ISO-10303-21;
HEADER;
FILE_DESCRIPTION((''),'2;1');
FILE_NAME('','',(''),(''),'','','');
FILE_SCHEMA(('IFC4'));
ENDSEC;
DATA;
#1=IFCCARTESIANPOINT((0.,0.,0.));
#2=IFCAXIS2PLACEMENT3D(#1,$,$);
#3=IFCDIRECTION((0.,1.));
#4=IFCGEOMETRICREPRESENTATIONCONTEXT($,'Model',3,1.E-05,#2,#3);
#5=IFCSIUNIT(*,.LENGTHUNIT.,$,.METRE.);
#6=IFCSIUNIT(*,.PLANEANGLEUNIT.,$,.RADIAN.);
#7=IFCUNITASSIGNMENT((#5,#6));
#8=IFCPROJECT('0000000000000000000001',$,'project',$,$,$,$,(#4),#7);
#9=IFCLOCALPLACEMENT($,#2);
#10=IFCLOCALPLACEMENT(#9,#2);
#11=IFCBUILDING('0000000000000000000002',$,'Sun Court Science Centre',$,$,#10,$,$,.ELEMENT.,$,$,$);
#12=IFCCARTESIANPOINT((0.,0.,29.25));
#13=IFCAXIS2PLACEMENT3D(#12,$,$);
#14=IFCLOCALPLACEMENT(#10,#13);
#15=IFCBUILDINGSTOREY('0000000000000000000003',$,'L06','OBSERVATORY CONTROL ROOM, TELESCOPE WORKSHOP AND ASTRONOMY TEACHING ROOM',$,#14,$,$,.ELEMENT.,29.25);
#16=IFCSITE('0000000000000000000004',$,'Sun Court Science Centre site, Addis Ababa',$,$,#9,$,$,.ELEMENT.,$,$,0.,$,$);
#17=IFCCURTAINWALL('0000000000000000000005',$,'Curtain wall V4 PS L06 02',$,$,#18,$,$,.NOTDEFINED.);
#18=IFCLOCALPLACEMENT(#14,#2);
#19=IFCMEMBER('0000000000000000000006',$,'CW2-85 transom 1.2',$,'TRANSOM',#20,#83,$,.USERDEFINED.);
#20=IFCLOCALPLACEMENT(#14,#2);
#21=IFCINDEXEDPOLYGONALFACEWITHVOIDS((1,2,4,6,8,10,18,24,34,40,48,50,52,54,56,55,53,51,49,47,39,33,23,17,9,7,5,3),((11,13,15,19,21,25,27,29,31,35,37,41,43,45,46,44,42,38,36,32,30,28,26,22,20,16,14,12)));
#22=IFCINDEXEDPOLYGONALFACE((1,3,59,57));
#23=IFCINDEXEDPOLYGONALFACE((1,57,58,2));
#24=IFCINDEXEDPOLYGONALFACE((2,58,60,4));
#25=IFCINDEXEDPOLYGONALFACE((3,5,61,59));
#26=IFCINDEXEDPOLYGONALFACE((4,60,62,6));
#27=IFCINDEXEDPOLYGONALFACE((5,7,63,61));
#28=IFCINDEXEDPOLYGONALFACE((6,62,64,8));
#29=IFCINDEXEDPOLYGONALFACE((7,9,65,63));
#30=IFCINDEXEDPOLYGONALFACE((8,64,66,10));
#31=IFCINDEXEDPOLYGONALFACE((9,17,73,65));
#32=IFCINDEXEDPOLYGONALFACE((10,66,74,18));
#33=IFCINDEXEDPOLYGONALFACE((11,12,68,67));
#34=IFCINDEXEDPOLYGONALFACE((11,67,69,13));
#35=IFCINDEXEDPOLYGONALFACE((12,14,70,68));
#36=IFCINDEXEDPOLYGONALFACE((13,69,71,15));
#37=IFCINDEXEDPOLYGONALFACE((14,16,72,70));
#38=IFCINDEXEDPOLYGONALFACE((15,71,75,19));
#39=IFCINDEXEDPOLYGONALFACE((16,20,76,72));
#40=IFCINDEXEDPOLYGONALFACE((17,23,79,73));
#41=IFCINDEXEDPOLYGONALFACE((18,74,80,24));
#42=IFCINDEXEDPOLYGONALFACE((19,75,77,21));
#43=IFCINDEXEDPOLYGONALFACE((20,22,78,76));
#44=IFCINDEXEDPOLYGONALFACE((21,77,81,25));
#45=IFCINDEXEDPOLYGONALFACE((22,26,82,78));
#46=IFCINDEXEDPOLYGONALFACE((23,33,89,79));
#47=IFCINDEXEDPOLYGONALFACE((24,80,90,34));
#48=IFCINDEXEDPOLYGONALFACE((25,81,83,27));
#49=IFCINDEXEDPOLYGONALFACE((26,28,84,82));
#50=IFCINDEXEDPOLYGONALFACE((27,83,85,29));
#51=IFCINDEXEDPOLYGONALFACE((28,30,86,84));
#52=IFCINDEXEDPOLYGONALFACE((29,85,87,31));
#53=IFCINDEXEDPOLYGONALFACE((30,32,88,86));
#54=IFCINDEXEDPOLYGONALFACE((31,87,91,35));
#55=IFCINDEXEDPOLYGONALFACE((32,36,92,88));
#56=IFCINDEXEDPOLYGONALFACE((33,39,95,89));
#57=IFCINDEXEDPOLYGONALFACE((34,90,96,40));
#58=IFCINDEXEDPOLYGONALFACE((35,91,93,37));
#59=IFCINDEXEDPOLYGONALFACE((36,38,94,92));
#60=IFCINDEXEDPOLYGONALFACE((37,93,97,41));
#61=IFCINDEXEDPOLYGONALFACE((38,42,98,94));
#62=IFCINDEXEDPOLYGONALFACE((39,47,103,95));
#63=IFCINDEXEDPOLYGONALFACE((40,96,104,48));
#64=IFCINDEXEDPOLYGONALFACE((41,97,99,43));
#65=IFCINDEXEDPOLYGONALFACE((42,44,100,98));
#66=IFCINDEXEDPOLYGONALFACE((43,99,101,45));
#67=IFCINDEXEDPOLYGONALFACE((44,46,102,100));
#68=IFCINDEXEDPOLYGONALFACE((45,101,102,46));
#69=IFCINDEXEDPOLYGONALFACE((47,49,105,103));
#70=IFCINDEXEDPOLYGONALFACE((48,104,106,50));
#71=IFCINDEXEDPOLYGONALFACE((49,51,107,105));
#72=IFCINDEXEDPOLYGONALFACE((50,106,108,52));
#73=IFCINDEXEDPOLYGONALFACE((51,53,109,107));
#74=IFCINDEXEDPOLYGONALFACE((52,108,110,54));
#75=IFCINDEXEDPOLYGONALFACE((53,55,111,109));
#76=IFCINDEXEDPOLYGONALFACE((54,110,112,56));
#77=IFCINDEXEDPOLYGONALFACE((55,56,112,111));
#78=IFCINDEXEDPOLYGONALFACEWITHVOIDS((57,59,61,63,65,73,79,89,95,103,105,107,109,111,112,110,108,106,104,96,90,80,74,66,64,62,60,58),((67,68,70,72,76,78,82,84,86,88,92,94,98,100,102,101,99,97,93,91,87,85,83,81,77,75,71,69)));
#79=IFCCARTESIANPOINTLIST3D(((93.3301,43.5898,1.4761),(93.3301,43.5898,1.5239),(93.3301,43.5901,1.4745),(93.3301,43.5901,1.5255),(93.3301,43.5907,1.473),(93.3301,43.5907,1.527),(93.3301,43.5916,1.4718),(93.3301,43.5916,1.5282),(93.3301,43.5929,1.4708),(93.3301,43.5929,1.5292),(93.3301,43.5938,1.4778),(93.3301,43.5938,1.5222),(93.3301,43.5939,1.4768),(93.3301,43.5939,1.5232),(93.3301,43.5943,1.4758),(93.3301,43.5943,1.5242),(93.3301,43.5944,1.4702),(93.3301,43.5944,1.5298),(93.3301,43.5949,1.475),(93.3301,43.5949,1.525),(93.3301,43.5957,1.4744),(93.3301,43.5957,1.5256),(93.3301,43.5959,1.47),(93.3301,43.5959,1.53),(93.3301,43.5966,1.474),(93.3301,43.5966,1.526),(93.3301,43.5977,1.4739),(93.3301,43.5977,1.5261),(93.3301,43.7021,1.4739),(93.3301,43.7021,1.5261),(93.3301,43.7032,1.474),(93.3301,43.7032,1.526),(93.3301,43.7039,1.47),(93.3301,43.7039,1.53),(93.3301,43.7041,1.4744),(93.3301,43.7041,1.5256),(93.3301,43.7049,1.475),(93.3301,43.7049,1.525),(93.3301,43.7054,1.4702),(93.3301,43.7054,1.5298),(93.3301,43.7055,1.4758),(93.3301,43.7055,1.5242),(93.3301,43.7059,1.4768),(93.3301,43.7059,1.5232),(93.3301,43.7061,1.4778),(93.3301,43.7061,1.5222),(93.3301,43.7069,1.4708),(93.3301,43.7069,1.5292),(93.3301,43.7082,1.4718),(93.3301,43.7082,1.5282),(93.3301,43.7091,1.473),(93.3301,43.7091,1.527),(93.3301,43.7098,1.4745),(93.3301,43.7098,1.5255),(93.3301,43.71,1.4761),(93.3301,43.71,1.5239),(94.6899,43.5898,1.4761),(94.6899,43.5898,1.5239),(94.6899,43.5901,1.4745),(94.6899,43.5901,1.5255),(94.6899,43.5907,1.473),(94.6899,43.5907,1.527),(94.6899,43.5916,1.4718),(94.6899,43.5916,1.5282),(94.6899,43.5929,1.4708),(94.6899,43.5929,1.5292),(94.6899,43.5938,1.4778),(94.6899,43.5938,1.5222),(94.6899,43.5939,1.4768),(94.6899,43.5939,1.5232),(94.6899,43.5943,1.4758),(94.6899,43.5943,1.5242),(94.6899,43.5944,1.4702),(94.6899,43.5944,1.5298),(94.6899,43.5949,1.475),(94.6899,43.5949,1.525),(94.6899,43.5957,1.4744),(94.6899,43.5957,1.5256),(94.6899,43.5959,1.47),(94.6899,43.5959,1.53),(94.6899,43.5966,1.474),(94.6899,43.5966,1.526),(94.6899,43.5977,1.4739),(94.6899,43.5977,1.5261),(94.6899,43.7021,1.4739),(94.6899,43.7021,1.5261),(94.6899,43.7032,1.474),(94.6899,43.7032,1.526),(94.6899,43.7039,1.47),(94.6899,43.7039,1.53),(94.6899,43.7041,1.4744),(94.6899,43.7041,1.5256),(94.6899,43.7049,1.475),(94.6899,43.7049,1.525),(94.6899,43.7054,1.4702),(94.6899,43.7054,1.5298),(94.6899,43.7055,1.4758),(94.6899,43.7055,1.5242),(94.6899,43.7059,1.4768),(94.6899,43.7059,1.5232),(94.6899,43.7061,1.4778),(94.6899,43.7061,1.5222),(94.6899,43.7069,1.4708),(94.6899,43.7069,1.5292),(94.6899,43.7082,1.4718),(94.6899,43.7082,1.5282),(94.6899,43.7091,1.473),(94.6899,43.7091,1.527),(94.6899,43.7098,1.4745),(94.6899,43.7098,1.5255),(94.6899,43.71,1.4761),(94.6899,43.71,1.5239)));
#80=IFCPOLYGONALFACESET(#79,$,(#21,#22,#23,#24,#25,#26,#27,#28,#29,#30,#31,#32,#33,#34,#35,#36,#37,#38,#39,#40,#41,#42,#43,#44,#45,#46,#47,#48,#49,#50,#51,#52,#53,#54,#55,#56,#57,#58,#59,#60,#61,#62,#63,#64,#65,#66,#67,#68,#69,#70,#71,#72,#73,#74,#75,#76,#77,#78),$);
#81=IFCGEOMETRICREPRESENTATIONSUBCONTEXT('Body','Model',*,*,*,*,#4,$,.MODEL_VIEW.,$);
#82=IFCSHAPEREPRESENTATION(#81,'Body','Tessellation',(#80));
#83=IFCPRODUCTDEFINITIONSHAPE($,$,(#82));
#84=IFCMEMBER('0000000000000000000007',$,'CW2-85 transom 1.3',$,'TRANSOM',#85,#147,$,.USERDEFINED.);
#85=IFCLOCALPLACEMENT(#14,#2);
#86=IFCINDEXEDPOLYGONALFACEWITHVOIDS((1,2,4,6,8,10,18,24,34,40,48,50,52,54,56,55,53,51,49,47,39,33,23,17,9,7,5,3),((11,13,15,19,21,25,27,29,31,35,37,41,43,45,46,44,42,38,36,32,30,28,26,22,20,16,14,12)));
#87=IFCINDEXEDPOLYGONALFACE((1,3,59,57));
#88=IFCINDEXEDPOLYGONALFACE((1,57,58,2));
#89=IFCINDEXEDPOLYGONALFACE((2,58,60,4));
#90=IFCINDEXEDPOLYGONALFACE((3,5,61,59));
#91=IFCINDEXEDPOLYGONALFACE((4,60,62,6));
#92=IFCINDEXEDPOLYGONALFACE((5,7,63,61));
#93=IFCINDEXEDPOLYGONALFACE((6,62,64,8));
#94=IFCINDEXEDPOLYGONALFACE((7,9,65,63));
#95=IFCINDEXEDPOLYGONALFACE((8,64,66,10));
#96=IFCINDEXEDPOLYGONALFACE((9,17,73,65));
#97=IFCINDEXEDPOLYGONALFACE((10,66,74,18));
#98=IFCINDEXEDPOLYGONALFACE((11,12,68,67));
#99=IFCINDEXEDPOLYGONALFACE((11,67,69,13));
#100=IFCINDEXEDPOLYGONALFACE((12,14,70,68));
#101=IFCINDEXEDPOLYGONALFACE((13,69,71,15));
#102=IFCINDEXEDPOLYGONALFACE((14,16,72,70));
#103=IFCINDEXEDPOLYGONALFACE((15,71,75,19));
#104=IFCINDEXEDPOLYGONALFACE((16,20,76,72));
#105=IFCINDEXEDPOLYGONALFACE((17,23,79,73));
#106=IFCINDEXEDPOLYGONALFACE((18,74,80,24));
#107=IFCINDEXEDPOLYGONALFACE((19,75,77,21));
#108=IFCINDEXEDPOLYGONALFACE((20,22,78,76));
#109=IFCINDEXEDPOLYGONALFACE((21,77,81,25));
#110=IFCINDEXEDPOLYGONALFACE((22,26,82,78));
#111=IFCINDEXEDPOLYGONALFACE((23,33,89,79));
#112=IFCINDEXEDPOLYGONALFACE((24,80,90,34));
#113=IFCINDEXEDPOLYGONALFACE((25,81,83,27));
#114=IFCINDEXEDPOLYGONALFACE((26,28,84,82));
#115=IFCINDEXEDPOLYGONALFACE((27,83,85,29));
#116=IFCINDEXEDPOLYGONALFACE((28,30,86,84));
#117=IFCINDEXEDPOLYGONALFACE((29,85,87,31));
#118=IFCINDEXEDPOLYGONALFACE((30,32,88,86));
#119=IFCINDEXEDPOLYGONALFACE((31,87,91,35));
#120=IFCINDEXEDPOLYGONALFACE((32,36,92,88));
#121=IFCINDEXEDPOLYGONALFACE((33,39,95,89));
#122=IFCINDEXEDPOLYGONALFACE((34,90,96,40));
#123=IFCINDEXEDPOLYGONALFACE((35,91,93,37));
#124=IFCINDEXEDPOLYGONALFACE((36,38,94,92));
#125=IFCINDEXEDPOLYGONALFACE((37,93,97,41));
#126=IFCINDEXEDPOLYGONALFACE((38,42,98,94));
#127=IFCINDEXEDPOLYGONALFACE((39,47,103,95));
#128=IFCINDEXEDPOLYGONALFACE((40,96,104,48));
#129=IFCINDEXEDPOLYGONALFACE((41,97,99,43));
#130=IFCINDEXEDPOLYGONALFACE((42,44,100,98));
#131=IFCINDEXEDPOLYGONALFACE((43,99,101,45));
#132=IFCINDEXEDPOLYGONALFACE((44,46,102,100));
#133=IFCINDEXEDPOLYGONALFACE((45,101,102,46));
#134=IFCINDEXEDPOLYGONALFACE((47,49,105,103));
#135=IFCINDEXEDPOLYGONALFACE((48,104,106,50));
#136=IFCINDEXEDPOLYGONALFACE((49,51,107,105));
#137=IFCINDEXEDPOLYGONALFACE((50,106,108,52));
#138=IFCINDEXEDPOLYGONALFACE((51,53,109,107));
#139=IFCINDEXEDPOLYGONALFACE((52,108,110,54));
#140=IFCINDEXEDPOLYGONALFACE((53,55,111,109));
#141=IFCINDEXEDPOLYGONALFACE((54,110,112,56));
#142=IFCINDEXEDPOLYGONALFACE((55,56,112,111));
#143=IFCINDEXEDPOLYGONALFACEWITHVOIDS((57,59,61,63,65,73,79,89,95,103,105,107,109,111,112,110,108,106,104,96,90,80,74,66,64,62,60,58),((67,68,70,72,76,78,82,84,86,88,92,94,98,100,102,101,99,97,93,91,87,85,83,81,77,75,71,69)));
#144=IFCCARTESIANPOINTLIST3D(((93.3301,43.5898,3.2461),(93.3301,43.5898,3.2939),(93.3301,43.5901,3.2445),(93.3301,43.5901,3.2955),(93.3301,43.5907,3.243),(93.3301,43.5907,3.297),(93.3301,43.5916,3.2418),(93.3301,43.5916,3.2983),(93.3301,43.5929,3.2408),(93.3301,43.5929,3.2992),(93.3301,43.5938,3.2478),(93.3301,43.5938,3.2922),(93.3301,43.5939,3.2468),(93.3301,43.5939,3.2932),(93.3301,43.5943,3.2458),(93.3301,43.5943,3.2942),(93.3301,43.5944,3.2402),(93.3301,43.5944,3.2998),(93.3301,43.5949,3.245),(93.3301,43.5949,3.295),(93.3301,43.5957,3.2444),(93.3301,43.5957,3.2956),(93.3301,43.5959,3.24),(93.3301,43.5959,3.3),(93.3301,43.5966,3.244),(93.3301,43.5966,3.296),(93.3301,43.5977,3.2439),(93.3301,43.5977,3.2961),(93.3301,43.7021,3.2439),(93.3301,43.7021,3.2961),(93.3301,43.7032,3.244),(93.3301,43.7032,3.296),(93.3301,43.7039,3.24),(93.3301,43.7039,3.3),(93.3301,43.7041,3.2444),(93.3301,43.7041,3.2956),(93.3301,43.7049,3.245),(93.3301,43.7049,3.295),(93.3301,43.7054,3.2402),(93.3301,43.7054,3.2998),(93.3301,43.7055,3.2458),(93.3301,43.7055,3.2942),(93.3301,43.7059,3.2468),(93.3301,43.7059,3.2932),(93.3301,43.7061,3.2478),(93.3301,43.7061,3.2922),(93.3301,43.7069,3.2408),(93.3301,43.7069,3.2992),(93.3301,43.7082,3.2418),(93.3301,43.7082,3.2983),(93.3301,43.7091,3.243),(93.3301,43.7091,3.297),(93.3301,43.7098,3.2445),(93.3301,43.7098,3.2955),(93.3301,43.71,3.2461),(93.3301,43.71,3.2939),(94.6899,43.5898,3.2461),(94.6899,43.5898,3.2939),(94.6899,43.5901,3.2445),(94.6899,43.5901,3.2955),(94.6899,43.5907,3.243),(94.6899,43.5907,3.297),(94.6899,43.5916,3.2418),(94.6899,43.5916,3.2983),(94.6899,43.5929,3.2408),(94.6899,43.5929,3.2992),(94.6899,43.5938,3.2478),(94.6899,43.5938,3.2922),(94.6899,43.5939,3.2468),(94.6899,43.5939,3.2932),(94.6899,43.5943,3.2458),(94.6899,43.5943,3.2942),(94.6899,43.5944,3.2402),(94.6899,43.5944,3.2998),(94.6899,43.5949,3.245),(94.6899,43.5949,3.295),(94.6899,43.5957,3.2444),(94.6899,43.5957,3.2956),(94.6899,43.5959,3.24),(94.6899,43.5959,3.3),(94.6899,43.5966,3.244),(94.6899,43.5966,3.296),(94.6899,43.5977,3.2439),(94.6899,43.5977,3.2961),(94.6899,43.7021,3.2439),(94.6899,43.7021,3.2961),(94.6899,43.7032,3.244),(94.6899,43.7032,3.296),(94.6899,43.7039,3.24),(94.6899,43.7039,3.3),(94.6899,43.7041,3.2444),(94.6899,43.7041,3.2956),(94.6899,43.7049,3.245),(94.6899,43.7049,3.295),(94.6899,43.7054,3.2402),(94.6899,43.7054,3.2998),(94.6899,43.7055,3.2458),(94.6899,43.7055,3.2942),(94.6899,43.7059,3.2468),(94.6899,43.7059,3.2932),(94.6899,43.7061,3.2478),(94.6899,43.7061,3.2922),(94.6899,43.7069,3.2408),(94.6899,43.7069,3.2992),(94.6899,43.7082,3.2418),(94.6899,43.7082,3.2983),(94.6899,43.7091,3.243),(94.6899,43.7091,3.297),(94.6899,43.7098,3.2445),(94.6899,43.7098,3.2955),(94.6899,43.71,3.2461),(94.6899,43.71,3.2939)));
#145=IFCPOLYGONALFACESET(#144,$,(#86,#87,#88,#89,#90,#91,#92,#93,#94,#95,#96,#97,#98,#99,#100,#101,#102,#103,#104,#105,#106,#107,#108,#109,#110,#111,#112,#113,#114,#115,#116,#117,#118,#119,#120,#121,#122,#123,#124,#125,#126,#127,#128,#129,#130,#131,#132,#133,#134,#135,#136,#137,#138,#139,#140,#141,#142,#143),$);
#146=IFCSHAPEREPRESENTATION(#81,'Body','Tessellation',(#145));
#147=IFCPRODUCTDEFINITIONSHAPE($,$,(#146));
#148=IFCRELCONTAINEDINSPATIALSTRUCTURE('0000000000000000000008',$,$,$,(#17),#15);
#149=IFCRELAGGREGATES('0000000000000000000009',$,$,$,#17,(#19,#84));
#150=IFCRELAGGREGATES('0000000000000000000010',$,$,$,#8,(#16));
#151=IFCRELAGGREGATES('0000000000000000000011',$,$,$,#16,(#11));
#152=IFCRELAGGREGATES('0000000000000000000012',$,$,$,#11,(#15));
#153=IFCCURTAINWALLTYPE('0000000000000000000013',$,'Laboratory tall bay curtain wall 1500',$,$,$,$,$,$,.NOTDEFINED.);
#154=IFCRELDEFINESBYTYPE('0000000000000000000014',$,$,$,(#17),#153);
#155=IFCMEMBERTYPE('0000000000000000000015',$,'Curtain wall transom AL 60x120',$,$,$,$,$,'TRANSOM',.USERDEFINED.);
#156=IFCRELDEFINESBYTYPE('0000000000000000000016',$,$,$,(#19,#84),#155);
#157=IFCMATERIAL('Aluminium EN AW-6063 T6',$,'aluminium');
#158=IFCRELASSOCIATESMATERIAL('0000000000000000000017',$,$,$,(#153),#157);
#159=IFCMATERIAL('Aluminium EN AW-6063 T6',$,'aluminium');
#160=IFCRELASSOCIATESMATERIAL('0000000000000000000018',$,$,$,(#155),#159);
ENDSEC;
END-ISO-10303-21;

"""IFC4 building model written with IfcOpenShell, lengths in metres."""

from ifc_helpers import new_model, si_unit, direction, frame, origin, origin_2d, place, context, subcontext, project, spatial, hollow_rectangle, extrude, material, material_profile, profile_set, type_object, element, aggregate, save


model = new_model("IFC4")

# Units and contexts
model_context = context("Model", 3, precision=1e-05, world=origin(), true_north=direction((0.0, 1.0)))
body_context = subcontext(model_context, "Body", "Model", "MODEL_VIEW")
ifc_project = project(units=[si_unit("LENGTHUNIT", "METRE"), si_unit("PLANEANGLEUNIT", "RADIAN")], contexts=[model_context])

# Site, building, storey
site_placement = place(None, origin())
site = spatial("IfcSite", under=ifc_project, at=site_placement, Name="Sun Court Science Centre site, Addis Ababa", CompositionType="ELEMENT", RefElevation=0.0)
building_placement = place(site_placement, origin())
building = spatial("IfcBuilding", under=site, at=building_placement, Name="Sun Court Science Centre", CompositionType="ELEMENT")
storey_placement = place(building_placement, frame((0.0, 0.0, 29.25)))
storey = spatial("IfcBuildingStorey", under=building, at=storey_placement, Name="L06", Description="OBSERVATORY CONTROL ROOM, TELESCOPE WORKSHOP AND ASTRONOMY TEACHING ROOM", CompositionType="ELEMENT", Elevation=29.25)

# Curtain wall, members
ifc_material_1 = material(Name="Aluminium EN AW-6063 T6", Category="aluminium")
curtain_wall_type = type_object("IfcCurtainWallType", Name="Laboratory tall bay curtain wall 1500", PredefinedType="NOTDEFINED", material=ifc_material_1)
curtain_wall_placement = place(storey_placement, origin())
curtain_wall = element("IfcCurtainWall", 1, at=curtain_wall_placement, inside=storey, type_object=curtain_wall_type, Name="Curtain wall V4 PS L06 02", PredefinedType="NOTDEFINED")
ifc_material_2 = material(Name="Aluminium EN AW-6063 T6", Category="aluminium")
ifc_material_profile_1 = material_profile(ifc_material_2, hollow_rectangle(XDim=0.0601, YDim=0.1201, WallThickness=0.0039, InnerFilletRadius=0.0039, OuterFilletRadius=0.0061, at=origin_2d()), Name="AL 60x120x4")
ifc_profile_set_1 = profile_set([ifc_material_profile_1], Name="Aluminium EN AW-6063 T6")
member_type_1 = type_object("IfcMemberType", Name="Curtain wall transom AL 60x120", ElementType="TRANSOM", PredefinedType="USERDEFINED", material=ifc_profile_set_1)
member_1_placement = place(storey_placement, frame((94.6899, 43.6499, 1.5), z_axis=(-1.0, 0.0, 0.0), x_axis=(0.0, 0.0, 1.0)))
member_1 = element("IfcMember", 2, at=member_1_placement, type_object=member_type_1, Name="CW2-85 transom 1.2", ObjectType="TRANSOM", PredefinedType="USERDEFINED", context=body_context, shape_type="SweptSolid", body=[
    extrude(hollow_rectangle(XDim=0.0601, YDim=0.1201, WallThickness=0.0039, InnerFilletRadius=0.0039, OuterFilletRadius=0.0061, at=origin_2d()), origin(), (0.0, 0.0, 1.0), 1.3599),
])
member_2_placement = place(storey_placement, frame((94.6899, 43.6499, 3.27), z_axis=(-1.0, 0.0, 0.0), x_axis=(0.0, 0.0, 1.0)))
member_2 = element("IfcMember", 3, at=member_2_placement, type_object=member_type_1, Name="CW2-85 transom 1.3", ObjectType="TRANSOM", PredefinedType="USERDEFINED", context=body_context, shape_type="SweptSolid", body=[
    extrude(hollow_rectangle(XDim=0.0601, YDim=0.1201, WallThickness=0.0039, InnerFilletRadius=0.0039, OuterFilletRadius=0.0061, at=origin_2d()), origin(), (0.0, 0.0, 1.0), 1.3599),
])

aggregate(curtain_wall, [member_1, member_2])

save(model, "model.ifc")
